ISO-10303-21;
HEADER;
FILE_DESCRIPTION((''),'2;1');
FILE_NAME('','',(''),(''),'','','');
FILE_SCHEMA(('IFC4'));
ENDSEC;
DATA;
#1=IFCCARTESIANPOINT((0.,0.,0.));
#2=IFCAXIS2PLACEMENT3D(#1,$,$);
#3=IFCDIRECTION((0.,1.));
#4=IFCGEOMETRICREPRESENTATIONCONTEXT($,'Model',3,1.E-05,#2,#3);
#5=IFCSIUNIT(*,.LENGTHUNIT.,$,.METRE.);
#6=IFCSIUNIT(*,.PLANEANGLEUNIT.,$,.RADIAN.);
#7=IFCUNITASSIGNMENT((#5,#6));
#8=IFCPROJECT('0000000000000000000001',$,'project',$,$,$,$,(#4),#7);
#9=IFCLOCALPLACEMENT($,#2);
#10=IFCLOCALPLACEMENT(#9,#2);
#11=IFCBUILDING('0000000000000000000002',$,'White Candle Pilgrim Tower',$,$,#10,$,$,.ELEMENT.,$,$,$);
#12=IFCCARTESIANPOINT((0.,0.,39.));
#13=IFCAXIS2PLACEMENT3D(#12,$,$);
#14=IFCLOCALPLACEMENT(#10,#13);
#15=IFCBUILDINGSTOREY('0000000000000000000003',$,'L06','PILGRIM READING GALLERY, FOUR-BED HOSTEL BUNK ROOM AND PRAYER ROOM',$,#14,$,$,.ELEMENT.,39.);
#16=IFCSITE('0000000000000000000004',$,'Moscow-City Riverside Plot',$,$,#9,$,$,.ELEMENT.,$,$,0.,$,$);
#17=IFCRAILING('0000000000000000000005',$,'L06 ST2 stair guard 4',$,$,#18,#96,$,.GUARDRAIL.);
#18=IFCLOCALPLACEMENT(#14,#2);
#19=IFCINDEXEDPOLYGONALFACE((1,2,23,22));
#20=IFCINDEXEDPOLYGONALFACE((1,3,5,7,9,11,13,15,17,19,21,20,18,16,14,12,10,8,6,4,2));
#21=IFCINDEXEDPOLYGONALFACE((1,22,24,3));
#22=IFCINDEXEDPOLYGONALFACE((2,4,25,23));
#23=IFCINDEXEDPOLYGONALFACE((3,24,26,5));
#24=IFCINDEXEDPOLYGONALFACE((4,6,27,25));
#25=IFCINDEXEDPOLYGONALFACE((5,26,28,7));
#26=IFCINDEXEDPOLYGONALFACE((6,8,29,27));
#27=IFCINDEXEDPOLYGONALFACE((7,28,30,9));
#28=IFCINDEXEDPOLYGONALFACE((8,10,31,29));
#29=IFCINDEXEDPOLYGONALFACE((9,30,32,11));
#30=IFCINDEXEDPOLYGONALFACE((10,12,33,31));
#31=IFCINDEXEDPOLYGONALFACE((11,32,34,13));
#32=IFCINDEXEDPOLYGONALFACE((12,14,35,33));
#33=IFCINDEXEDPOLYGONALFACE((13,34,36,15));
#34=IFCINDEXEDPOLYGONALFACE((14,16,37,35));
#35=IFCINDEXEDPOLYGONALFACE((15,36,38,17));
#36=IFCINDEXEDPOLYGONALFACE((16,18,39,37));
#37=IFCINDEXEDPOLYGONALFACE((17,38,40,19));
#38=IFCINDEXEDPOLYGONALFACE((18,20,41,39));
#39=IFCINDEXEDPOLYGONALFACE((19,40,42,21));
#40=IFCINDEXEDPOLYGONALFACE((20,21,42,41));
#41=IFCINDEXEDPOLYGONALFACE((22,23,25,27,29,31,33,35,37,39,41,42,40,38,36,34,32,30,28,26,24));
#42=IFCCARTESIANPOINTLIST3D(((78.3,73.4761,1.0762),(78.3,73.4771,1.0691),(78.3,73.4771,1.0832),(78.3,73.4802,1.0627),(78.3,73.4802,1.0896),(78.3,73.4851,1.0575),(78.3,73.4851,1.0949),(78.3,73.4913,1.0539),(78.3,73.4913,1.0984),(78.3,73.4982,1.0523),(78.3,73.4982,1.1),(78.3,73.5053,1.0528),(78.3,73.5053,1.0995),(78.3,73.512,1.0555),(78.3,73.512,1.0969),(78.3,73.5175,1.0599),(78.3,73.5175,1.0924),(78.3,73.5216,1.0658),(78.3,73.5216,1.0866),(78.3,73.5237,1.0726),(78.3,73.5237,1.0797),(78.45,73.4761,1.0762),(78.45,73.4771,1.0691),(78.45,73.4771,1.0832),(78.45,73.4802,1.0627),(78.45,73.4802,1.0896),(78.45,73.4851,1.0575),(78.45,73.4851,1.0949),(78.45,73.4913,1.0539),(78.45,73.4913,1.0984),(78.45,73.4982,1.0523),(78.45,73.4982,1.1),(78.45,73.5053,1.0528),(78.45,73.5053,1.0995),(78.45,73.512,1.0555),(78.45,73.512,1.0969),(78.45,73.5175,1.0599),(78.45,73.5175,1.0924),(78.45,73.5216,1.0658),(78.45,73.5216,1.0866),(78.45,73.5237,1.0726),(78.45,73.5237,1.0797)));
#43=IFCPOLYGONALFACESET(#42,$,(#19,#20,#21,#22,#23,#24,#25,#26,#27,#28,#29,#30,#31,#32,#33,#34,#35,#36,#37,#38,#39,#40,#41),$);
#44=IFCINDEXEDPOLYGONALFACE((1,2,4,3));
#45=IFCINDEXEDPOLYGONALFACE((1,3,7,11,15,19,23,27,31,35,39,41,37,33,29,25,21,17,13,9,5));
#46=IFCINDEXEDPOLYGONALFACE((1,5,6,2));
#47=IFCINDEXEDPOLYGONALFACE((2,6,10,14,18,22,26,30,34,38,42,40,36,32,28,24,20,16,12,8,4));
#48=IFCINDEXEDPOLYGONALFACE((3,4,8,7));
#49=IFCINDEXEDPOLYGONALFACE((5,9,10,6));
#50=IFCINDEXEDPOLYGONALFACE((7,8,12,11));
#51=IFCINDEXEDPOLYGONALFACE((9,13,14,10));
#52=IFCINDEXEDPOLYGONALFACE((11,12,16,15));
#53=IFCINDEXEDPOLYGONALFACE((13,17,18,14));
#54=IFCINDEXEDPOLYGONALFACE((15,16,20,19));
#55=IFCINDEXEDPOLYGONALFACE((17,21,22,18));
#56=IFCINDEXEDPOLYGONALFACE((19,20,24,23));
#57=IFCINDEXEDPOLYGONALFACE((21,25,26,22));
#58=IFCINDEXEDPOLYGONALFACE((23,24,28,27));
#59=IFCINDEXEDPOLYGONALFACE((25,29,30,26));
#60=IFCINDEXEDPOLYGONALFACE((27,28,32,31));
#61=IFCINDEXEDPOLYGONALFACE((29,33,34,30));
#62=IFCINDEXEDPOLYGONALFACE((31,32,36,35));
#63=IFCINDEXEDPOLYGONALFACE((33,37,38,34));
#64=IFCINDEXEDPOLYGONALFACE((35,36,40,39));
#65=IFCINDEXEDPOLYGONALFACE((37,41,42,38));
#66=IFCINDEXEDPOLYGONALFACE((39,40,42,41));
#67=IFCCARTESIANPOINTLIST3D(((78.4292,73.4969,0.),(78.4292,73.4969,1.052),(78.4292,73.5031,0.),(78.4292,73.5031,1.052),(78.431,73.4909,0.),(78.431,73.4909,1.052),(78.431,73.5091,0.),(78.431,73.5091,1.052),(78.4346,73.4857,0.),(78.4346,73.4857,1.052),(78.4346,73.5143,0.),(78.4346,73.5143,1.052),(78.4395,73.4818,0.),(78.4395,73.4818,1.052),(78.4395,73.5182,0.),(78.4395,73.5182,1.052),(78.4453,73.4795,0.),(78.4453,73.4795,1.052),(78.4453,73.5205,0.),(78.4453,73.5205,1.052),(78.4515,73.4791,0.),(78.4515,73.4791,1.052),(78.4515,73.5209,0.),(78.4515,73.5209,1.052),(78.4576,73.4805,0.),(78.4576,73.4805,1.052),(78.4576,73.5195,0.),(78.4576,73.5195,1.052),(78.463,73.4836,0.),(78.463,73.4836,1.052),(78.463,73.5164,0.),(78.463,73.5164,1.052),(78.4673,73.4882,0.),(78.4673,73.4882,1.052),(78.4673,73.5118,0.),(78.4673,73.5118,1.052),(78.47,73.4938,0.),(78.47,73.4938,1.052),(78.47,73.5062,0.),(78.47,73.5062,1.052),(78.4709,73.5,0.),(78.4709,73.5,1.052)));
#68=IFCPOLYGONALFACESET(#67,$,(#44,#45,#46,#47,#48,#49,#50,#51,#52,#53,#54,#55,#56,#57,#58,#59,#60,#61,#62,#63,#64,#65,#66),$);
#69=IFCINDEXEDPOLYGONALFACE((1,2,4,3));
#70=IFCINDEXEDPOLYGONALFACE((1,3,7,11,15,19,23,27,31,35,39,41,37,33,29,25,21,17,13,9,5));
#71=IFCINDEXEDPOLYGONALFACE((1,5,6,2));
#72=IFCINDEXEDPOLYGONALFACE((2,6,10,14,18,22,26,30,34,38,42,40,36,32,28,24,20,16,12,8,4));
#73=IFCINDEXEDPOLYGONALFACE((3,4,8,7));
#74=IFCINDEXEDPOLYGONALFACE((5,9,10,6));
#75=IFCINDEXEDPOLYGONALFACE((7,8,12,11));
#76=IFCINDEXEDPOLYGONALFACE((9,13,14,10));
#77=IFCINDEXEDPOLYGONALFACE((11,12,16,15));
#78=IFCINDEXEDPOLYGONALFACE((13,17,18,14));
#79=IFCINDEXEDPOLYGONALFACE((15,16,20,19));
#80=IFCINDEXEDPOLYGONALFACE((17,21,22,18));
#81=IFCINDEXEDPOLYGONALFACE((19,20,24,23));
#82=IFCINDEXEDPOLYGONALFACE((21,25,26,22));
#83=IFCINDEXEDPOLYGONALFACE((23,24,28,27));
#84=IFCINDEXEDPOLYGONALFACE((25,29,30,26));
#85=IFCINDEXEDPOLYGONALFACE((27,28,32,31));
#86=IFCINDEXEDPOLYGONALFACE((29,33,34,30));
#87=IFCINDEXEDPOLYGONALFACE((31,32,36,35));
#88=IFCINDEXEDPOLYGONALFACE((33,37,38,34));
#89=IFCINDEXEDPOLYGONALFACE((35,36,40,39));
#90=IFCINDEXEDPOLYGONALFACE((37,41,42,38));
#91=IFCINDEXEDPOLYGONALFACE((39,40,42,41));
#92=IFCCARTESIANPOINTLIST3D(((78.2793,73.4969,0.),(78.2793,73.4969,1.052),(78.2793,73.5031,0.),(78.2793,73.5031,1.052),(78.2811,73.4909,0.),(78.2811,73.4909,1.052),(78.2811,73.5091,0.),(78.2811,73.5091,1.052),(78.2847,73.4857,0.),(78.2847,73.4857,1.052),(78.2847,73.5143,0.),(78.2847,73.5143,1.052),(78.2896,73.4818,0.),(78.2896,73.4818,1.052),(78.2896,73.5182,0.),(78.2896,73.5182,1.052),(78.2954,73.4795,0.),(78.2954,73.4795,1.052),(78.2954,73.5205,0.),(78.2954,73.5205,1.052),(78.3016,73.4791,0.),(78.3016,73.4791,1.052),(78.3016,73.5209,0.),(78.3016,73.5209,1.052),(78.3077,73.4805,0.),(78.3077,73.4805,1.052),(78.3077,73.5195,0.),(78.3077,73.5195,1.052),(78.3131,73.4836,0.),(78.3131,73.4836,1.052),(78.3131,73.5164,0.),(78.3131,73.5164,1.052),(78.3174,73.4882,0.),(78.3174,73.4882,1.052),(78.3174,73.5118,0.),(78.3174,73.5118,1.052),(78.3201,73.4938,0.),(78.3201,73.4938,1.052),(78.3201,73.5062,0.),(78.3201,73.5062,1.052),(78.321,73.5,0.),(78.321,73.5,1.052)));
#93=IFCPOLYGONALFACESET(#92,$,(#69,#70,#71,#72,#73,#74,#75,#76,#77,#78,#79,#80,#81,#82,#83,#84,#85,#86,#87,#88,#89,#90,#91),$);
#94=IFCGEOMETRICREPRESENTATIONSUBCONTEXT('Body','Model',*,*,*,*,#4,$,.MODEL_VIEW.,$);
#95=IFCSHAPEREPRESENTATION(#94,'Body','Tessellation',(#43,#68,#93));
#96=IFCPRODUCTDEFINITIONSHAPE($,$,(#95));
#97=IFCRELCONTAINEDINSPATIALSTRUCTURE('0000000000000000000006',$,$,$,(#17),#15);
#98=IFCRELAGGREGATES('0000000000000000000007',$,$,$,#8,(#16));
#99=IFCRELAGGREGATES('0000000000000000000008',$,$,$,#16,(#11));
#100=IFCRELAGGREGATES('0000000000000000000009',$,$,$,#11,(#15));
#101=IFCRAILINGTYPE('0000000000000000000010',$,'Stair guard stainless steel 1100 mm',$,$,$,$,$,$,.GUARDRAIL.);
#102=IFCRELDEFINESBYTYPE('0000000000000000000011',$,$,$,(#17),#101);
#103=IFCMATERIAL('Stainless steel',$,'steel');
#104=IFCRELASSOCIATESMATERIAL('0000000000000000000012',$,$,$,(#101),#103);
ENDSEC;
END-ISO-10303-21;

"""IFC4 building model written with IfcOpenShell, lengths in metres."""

from ifc_helpers import new_model, si_unit, direction, frame, origin, origin_2d, place, context, subcontext, project, spatial, circle, extrude, material, type_object, element, save


model = new_model("IFC4")

# Units and contexts
model_context = context("Model", 3, precision=1e-05, world=origin(), true_north=direction((0.0, 1.0)))
body_context = subcontext(model_context, "Body", "Model", "MODEL_VIEW")
ifc_project = project(units=[si_unit("LENGTHUNIT", "METRE"), si_unit("PLANEANGLEUNIT", "RADIAN")], contexts=[model_context])

# Site, building, storey
site_placement = place(None, origin())
site = spatial("IfcSite", under=ifc_project, at=site_placement, Name="Moscow-City Riverside Plot", CompositionType="ELEMENT", RefElevation=0.0)
building_placement = place(site_placement, origin())
building = spatial("IfcBuilding", under=site, at=building_placement, Name="White Candle Pilgrim Tower", CompositionType="ELEMENT")
storey_placement = place(building_placement, frame((0.0, 0.0, 39.0)))
storey = spatial("IfcBuildingStorey", under=building, at=storey_placement, Name="L06", Description="PILGRIM READING GALLERY, FOUR-BED HOSTEL BUNK ROOM AND PRAYER ROOM", CompositionType="ELEMENT", Elevation=39.0)

# Railing
ifc_material_1 = material(Name="Stainless steel", Category="steel")
railing_type = type_object("IfcRailingType", Name="Stair guard stainless steel 1100 mm", PredefinedType="GUARDRAIL", material=ifc_material_1)
railing_1_placement = place(storey_placement, frame((78.45, 73.5, 0.0)))
element("IfcRailing", 1, at=railing_1_placement, inside=storey, type_object=railing_type, Name="L06 ST2 stair guard 4", PredefinedType="GUARDRAIL", context=body_context, shape_type="SweptSolid", body=[
    extrude(circle(Radius=0.0239, at=origin_2d()), frame((0.0, 0.0, 1.0762), z_axis=(-1.0, 0.0, 0.0), x_axis=(0.0, -1.0, 0.0)), (0.0, 0.0, 1.0), 0.1499),
    extrude(circle(Radius=0.021, at=origin_2d()), origin(), (0.0, 0.0, 1.0), 1.052),
    extrude(circle(Radius=0.021, at=origin_2d()), frame((-0.1499, 0.0, 0.0)), (0.0, 0.0, 1.0), 1.052),
])

save(model, "model.ifc")
